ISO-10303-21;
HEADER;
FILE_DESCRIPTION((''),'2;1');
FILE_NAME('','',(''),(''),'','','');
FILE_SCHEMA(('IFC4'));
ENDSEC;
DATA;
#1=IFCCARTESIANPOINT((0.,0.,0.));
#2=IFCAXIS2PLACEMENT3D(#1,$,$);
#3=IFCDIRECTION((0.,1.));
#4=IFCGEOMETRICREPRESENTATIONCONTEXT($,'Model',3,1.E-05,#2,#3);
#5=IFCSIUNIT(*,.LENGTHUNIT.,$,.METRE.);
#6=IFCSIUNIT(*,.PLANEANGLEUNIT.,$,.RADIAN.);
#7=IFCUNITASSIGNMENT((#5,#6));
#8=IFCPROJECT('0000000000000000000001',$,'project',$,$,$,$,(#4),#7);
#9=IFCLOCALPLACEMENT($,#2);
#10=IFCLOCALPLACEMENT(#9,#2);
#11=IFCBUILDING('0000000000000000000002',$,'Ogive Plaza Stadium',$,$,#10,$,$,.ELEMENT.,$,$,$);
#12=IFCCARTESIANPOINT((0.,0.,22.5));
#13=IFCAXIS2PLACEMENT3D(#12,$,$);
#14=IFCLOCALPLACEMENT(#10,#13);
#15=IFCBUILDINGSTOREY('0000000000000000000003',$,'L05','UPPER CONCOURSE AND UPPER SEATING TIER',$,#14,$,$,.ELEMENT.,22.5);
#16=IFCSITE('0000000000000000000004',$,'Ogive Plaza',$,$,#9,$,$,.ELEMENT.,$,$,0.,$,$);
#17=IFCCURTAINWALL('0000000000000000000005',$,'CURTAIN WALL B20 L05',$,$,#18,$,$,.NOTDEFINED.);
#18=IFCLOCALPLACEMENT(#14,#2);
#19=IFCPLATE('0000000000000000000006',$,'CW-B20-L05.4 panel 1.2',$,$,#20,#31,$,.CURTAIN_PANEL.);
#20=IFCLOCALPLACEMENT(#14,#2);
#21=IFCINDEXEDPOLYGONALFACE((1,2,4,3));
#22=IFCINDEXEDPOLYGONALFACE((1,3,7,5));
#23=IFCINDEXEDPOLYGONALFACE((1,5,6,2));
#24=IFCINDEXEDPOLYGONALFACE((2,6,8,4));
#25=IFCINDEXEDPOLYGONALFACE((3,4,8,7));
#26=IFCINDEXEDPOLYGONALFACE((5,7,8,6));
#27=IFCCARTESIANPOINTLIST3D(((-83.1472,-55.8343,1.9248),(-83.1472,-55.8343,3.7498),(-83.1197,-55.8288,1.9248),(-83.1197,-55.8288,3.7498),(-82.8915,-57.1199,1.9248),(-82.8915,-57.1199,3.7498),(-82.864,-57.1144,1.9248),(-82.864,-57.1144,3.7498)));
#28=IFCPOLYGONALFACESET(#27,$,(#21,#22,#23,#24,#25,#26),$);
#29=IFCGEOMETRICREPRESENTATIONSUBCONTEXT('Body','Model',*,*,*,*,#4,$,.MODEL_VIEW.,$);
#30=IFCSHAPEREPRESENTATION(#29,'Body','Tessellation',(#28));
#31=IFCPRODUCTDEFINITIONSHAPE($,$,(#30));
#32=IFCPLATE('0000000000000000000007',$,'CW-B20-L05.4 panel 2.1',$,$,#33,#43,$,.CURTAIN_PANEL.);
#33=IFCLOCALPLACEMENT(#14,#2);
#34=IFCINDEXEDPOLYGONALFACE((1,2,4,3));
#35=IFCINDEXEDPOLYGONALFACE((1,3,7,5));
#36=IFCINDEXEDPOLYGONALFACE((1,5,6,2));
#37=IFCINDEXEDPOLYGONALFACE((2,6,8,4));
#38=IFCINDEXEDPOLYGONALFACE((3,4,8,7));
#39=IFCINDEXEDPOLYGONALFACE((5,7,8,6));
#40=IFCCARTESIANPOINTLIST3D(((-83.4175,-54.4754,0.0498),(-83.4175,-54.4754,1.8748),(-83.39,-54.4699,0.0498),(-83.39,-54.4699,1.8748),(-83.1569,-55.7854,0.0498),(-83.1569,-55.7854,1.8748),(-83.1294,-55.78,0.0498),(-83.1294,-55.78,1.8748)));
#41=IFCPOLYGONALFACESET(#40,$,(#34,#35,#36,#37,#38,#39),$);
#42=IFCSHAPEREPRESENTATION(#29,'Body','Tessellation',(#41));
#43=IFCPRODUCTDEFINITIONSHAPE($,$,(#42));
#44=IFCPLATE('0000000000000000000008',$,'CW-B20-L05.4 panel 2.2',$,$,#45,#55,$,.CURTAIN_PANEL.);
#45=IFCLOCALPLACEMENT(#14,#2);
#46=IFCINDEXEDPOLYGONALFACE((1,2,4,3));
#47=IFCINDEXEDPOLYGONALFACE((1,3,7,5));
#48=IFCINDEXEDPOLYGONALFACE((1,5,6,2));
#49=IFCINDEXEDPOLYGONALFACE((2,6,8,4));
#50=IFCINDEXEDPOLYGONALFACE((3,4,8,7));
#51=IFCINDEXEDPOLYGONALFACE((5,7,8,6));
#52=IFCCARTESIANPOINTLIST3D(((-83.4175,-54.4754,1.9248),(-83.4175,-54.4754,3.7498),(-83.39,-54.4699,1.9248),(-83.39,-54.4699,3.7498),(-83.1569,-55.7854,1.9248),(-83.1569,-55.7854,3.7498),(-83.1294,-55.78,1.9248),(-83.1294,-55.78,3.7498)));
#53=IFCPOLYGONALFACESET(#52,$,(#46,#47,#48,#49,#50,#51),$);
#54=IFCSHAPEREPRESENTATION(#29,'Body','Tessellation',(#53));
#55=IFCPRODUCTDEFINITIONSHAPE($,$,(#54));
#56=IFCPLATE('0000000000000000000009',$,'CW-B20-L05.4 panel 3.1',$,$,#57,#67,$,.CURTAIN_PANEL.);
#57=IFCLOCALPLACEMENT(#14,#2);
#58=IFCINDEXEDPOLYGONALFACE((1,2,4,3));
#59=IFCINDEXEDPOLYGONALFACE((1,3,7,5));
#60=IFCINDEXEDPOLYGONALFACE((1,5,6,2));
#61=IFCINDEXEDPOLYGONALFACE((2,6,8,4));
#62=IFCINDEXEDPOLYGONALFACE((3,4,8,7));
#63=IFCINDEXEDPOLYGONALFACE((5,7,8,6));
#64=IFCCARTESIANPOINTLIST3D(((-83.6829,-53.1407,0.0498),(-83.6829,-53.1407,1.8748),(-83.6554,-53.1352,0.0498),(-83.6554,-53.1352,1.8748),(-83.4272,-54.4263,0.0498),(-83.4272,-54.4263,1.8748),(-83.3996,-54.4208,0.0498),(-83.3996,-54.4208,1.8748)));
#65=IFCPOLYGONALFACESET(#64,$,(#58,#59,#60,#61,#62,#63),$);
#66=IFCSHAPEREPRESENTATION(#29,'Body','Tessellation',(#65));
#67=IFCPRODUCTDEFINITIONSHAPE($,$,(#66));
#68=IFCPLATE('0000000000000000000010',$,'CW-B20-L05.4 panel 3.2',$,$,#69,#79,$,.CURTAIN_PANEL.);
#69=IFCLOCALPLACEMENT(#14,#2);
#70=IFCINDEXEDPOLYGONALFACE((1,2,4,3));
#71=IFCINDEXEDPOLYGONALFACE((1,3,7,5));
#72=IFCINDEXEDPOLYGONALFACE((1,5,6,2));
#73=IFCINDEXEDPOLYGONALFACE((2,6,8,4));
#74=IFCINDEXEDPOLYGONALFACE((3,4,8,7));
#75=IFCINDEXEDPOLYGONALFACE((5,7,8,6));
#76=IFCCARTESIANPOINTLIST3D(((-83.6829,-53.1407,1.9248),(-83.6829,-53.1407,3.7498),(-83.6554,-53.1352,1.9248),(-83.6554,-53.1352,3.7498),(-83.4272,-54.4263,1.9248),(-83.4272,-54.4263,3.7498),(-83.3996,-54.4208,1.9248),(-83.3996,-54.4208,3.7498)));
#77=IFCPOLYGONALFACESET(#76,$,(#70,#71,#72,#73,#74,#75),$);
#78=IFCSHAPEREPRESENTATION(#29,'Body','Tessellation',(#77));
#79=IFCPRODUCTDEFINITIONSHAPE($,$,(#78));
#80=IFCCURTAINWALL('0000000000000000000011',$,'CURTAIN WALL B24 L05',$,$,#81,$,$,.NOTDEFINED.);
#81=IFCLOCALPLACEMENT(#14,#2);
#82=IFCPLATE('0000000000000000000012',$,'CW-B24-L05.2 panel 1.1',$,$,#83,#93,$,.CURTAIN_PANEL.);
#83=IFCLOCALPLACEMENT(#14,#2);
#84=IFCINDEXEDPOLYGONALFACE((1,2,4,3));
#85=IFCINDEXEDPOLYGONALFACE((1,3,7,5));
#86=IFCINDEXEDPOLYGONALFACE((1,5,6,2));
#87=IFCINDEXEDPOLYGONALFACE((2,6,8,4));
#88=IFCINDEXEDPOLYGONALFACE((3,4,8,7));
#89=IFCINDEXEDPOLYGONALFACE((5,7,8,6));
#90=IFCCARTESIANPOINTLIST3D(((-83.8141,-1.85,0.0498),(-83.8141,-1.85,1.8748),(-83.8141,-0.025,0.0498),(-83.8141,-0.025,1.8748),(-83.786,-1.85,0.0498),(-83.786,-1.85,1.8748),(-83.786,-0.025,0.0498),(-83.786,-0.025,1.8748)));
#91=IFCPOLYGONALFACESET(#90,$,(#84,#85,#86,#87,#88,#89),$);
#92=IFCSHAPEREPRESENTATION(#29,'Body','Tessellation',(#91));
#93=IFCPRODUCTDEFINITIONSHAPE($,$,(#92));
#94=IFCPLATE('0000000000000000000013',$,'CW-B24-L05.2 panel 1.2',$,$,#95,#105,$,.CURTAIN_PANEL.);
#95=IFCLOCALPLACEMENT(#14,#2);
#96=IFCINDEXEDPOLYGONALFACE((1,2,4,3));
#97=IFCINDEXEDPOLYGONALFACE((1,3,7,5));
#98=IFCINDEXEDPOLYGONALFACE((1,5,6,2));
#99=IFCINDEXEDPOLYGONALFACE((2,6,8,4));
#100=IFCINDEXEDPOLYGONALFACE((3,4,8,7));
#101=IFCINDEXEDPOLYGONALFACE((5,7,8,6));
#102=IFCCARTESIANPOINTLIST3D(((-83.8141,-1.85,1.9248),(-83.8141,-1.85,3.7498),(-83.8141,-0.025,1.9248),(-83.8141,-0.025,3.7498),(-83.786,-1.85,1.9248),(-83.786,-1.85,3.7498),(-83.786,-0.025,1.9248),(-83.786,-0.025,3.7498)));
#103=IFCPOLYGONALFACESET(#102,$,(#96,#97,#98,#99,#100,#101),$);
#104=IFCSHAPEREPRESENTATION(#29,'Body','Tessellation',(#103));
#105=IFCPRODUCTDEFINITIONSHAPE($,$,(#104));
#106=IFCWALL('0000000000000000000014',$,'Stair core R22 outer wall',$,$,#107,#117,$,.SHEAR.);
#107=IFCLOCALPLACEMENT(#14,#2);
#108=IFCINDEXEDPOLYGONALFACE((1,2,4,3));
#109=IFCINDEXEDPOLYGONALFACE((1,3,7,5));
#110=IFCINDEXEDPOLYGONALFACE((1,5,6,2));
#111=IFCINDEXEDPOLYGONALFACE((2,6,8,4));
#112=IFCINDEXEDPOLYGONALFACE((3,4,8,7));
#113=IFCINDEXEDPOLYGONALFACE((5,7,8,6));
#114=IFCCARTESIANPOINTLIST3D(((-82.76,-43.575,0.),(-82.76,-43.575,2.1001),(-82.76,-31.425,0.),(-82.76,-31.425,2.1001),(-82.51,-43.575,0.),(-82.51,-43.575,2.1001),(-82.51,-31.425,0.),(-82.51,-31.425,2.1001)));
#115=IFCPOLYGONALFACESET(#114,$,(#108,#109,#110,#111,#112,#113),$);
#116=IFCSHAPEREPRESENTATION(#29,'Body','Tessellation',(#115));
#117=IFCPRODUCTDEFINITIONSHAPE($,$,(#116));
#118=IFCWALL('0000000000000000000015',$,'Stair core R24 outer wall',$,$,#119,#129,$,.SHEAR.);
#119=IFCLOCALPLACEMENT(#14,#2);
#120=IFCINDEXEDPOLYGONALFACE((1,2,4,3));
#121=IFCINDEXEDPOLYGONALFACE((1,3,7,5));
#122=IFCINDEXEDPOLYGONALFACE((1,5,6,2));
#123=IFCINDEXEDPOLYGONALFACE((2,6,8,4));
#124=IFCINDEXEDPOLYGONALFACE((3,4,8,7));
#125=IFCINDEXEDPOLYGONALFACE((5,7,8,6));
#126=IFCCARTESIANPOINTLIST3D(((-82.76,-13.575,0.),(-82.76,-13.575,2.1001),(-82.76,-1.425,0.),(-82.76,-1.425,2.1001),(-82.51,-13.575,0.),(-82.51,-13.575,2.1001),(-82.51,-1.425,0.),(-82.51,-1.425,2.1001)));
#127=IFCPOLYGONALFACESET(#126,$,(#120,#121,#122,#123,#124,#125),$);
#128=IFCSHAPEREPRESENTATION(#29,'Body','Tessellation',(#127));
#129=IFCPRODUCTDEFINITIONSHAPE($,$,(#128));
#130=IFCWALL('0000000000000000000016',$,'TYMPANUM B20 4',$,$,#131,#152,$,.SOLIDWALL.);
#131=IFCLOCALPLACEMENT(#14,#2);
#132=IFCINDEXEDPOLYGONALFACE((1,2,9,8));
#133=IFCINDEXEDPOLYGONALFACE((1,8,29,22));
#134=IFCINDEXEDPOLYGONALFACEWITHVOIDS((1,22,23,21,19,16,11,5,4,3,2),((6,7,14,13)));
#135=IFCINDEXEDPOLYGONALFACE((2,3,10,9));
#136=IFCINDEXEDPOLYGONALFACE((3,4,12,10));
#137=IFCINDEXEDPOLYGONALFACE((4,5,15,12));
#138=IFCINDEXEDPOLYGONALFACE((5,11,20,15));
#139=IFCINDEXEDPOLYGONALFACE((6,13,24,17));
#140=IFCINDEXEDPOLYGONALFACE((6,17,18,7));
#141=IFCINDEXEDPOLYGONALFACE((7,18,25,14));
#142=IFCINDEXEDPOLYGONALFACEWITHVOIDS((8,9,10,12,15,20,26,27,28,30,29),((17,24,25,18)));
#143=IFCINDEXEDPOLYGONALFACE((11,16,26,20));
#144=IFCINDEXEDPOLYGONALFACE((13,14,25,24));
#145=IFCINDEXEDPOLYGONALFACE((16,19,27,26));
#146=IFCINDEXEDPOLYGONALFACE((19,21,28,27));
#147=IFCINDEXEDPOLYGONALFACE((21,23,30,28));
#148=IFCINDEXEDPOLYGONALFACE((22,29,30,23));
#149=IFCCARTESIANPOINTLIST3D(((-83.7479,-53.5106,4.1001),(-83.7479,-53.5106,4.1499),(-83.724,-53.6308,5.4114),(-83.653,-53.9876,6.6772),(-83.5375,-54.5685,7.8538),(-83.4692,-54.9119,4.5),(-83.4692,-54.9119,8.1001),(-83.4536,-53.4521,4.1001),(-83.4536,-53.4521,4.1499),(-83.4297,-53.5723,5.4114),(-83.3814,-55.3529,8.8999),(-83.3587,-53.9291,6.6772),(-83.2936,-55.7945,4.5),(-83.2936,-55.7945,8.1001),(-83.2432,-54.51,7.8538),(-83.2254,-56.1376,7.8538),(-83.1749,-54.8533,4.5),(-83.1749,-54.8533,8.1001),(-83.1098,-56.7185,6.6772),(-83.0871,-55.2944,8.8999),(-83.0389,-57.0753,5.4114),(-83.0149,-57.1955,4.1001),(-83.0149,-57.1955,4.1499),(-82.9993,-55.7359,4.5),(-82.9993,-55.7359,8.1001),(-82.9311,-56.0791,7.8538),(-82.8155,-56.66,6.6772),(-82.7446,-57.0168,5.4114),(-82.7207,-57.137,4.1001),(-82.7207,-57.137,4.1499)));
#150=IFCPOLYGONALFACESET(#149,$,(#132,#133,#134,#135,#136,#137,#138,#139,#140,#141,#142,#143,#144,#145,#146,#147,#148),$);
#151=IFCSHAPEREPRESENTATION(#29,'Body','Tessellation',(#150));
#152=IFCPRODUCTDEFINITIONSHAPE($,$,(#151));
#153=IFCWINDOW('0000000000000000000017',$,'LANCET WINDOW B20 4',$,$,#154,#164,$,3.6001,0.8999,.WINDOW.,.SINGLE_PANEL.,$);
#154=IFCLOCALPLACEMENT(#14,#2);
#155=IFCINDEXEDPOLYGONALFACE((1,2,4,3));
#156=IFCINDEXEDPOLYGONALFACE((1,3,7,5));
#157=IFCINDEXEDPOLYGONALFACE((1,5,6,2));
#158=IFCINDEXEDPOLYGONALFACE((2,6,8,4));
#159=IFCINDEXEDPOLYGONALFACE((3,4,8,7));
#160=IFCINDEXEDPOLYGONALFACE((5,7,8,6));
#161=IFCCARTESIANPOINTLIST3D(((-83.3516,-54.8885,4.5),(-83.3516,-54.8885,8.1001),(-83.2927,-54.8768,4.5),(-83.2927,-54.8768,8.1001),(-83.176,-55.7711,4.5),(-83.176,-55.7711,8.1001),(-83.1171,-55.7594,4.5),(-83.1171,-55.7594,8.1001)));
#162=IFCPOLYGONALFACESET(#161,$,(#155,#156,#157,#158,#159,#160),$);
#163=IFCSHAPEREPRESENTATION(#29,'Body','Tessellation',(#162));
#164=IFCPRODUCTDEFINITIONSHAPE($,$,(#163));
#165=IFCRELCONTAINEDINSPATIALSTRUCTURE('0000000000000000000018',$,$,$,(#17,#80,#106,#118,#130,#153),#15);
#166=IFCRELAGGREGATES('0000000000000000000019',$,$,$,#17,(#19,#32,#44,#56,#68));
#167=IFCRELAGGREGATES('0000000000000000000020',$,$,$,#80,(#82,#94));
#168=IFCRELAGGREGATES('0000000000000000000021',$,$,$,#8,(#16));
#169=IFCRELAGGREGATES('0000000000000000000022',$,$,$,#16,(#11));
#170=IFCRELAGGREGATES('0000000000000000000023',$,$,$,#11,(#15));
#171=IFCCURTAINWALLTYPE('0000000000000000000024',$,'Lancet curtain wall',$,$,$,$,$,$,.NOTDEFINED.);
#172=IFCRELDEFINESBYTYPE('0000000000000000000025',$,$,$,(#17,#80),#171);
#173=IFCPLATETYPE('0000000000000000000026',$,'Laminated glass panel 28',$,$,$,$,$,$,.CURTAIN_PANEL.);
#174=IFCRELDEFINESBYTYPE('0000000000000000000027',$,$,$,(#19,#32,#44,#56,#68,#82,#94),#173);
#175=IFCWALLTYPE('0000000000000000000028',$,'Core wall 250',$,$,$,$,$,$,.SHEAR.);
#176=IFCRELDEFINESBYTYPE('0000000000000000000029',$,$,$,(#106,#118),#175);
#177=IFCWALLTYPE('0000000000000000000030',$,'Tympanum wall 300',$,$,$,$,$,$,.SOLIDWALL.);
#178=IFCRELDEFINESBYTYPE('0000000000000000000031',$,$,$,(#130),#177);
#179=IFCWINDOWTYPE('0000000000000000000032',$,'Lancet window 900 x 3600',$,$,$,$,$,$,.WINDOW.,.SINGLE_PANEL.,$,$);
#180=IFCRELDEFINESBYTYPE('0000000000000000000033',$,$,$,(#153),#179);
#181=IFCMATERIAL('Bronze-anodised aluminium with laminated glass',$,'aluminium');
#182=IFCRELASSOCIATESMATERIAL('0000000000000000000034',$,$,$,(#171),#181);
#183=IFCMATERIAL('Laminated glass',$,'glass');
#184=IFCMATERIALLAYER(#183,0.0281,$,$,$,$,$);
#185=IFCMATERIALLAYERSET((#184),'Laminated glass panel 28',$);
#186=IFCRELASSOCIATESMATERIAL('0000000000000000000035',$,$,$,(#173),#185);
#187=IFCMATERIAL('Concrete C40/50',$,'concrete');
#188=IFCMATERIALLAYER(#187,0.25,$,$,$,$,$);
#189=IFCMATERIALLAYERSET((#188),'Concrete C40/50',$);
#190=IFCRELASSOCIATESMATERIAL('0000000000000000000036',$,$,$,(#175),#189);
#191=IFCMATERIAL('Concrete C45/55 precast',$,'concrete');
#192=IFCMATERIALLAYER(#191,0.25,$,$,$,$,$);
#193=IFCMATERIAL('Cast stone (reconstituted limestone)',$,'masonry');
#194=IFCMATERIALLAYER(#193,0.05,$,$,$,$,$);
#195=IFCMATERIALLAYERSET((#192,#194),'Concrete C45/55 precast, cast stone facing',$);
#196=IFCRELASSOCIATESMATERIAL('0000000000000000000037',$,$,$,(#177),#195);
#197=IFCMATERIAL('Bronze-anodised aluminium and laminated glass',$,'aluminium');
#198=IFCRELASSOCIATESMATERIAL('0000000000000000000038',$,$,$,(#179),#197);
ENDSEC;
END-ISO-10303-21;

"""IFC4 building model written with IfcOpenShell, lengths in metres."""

from ifc_helpers import new_model, si_unit, direction, frame, frame_2d, origin, origin_2d, place, context, subcontext, project, spatial, polyline, rectangle, outline, extrude, material, layer, layer_set, type_object, element, fill, aggregate, save


model = new_model("IFC4")

# Units and contexts
model_context = context("Model", 3, precision=1e-05, world=origin(), true_north=direction((0.0, 1.0)))
body_context = subcontext(model_context, "Body", "Model", "MODEL_VIEW")
ifc_project = project(units=[si_unit("LENGTHUNIT", "METRE"), si_unit("PLANEANGLEUNIT", "RADIAN")], contexts=[model_context])

# Site, building, storey
site_placement = place(None, origin())
site = spatial("IfcSite", under=ifc_project, at=site_placement, Name="Ogive Plaza", CompositionType="ELEMENT", RefElevation=0.0)
building_placement = place(site_placement, origin())
building = spatial("IfcBuilding", under=site, at=building_placement, Name="Ogive Plaza Stadium", CompositionType="ELEMENT")
storey_placement = place(building_placement, frame((0.0, 0.0, 22.5)))
storey = spatial("IfcBuildingStorey", under=building, at=storey_placement, Name="L05", Description="UPPER CONCOURSE AND UPPER SEATING TIER", CompositionType="ELEMENT", Elevation=22.5)

# Curtain wall, plates
ifc_material_1 = material(Name="Bronze-anodised aluminium with laminated glass", Category="aluminium")
curtain_wall_type = type_object("IfcCurtainWallType", Name="Lancet curtain wall", PredefinedType="NOTDEFINED", material=ifc_material_1)
curtain_wall_1_placement = place(storey_placement, origin())
curtain_wall_1 = element("IfcCurtainWall", 1, at=curtain_wall_1_placement, inside=storey, type_object=curtain_wall_type, Name="CURTAIN WALL B20 L05", PredefinedType="NOTDEFINED")
ifc_material_2 = material(Name="Laminated glass", Category="glass")
ifc_layer_1 = layer(ifc_material_2, 0.0281)
ifc_layer_set_1 = layer_set([ifc_layer_1], Name="Laminated glass panel 28")
plate_type = type_object("IfcPlateType", Name="Laminated glass panel 28", PredefinedType="CURTAIN_PANEL", material=ifc_layer_set_1)
plate_1_placement = place(storey_placement, frame((-83.0056, -56.4744, 1.9248), z_axis=(0.0, 0.0, 1.0), x_axis=(-0.19509, 0.980785, 0.0)))
plate_1 = element("IfcPlate", 2, at=plate_1_placement, type_object=plate_type, Name="CW-B20-L05.4 panel 1.2", PredefinedType="CURTAIN_PANEL", context=body_context, shape_type="SweptSolid", body=[
    extrude(rectangle(XDim=1.3108, YDim=0.0281, at=origin_2d()), origin(), (0.0, 0.0, 1.0), 1.825),
])
plate_2_placement = place(storey_placement, frame((-83.2734, -55.1277, 0.0498), z_axis=(0.0, 0.0, 1.0), x_axis=(-0.19509, 0.980785, 0.0)))
plate_2 = element("IfcPlate", 3, at=plate_2_placement, type_object=plate_type, Name="CW-B20-L05.4 panel 2.1", PredefinedType="CURTAIN_PANEL", context=body_context, shape_type="SweptSolid", body=[
    extrude(rectangle(XDim=1.3357, YDim=0.0281, at=origin_2d()), origin(), (0.0, 0.0, 1.0), 1.825),
])
plate_3_placement = place(storey_placement, frame((-83.2734, -55.1277, 1.9248), z_axis=(0.0, 0.0, 1.0), x_axis=(-0.19509, 0.980785, 0.0)))
plate_3 = element("IfcPlate", 4, at=plate_3_placement, type_object=plate_type, Name="CW-B20-L05.4 panel 2.2", PredefinedType="CURTAIN_PANEL", context=body_context, shape_type="SweptSolid", body=[
    extrude(rectangle(XDim=1.3357, YDim=0.0281, at=origin_2d()), origin(), (0.0, 0.0, 1.0), 1.825),
])
plate_4_placement = place(storey_placement, frame((-83.5413, -53.7808, 0.0498), z_axis=(0.0, 0.0, 1.0), x_axis=(-0.19509, 0.980785, 0.0)))
plate_4 = element("IfcPlate", 5, at=plate_4_placement, type_object=plate_type, Name="CW-B20-L05.4 panel 3.1", PredefinedType="CURTAIN_PANEL", context=body_context, shape_type="SweptSolid", body=[
    extrude(rectangle(XDim=1.3108, YDim=0.0281, at=origin_2d()), origin(), (0.0, 0.0, 1.0), 1.825),
])
plate_5_placement = place(storey_placement, frame((-83.5413, -53.7808, 1.9248), z_axis=(0.0, 0.0, 1.0), x_axis=(-0.19509, 0.980785, 0.0)))
plate_5 = element("IfcPlate", 6, at=plate_5_placement, type_object=plate_type, Name="CW-B20-L05.4 panel 3.2", PredefinedType="CURTAIN_PANEL", context=body_context, shape_type="SweptSolid", body=[
    extrude(rectangle(XDim=1.3108, YDim=0.0281, at=origin_2d()), origin(), (0.0, 0.0, 1.0), 1.825),
])
aggregate(curtain_wall_1, [plate_1, plate_2, plate_3, plate_4, plate_5])

# Curtain wall, plates
curtain_wall_2_placement = place(storey_placement, origin())
curtain_wall_2 = element("IfcCurtainWall", 7, at=curtain_wall_2_placement, inside=storey, type_object=curtain_wall_type, Name="CURTAIN WALL B24 L05", PredefinedType="NOTDEFINED")
plate_6_placement = place(storey_placement, frame((-83.8, -0.9375, 0.0498), z_axis=(0.0, 0.0, 1.0), x_axis=(0.0, 1.0, 0.0)))
plate_6 = element("IfcPlate", 8, at=plate_6_placement, type_object=plate_type, Name="CW-B24-L05.2 panel 1.1", PredefinedType="CURTAIN_PANEL", context=body_context, shape_type="SweptSolid", body=[
    extrude(rectangle(XDim=1.825, YDim=0.0281, at=origin_2d()), origin(), (0.0, 0.0, 1.0), 1.825),
])
plate_7_placement = place(storey_placement, frame((-83.8, -0.9375, 1.9248), z_axis=(0.0, 0.0, 1.0), x_axis=(0.0, 1.0, 0.0)))
plate_7 = element("IfcPlate", 9, at=plate_7_placement, type_object=plate_type, Name="CW-B24-L05.2 panel 1.2", PredefinedType="CURTAIN_PANEL", context=body_context, shape_type="SweptSolid", body=[
    extrude(rectangle(XDim=1.825, YDim=0.0281, at=origin_2d()), origin(), (0.0, 0.0, 1.0), 1.825),
])
aggregate(curtain_wall_2, [plate_6, plate_7])

# Walls
ifc_material_3 = material(Name="Concrete C40/50", Category="concrete")
ifc_layer_2 = layer(ifc_material_3, 0.25)
ifc_layer_set_2 = layer_set([ifc_layer_2], Name="Concrete C40/50")
wall_type_1 = type_object("IfcWallType", Name="Core wall 250", PredefinedType="SHEAR", material=ifc_layer_set_2)
for number, where, z_axis, x_axis, name in (
    (10, (-82.635, -31.425, 0.0), (0.0, 0.0, 1.0), (0.0, -1.0, 0.0), "Stair core R22 outer wall"),
    (11, (-82.635, -1.425, 0.0), (0.0, 0.0, 1.0), (0.0, -1.0, 0.0), "Stair core R24 outer wall"),
):
    element("IfcWall", number, at=place(storey_placement, frame(where, z_axis=z_axis, x_axis=x_axis)), inside=storey, type_object=wall_type_1, Name=name, PredefinedType="SHEAR", context=body_context, shape_type="SweptSolid", body=[
        extrude(rectangle(XDim=12.1499, YDim=0.25, at=frame_2d((6.075, 0.0))), origin(), (0.0, 0.0, 1.0), 2.1001),
    ])

# Wall, opening, window
ifc_material_4 = material(Name="Concrete C45/55 precast", Category="concrete")
ifc_layer_3 = layer(ifc_material_4, 0.25)
ifc_material_5 = material(Name="Cast stone (reconstituted limestone)", Category="masonry")
ifc_layer_4 = layer(ifc_material_5, 0.05)
ifc_layer_set_3 = layer_set([ifc_layer_3, ifc_layer_4], Name="Concrete C45/55 precast, cast stone facing")
wall_type_2 = type_object("IfcWallType", Name="Tympanum wall 300", PredefinedType="SOLIDWALL", material=ifc_layer_set_3)
wall_placement = place(storey_placement, frame((-82.8679, -57.1663, 4.1001), z_axis=(0.0, 0.0, 1.0), x_axis=(-0.195079, 0.980788, 0.0)))
wall = element("IfcWall", 12, at=wall_placement, inside=storey, type_object=wall_type_2, Name="TYMPANUM B20 4", PredefinedType="SOLIDWALL", context=body_context, shape_type="SweptSolid", body=[
    extrude(outline(polyline([(0.0, 0.0), (3.7571, 0.0), (3.7571, 0.0498), (3.6345, 1.3113), (3.2708, 2.5771), (2.6785, 3.7537), (1.8787, 4.7998), (1.0786, 3.7537), (0.4863, 2.5771), (0.1226, 1.3113), (0.0, 0.0498), (0.0, 0.0)])), frame((0.0, 0.1499, 0.0), z_axis=(0.0, -1.0, 0.0), x_axis=(1.0, 0.0, 0.0)), (0.0, 0.0, 1.0), 0.3),
])
opening_placement = place(wall_placement, frame((1.4285, 0.0, 0.3999)))
opening = element("IfcOpeningElement", 13, at=opening_placement, cuts=wall, PredefinedType="OPENING", context=body_context, shape_type="SweptSolid", body=[
    extrude(rectangle(XDim=0.8999, YDim=3.6001, at=frame_2d((0.45, 1.8))), frame((0.0, 0.1602, 0.0), z_axis=(0.0, -1.0, 0.0), x_axis=(1.0, 0.0, 0.0)), (0.0, 0.0, 1.0), 0.3201),
])
ifc_material_6 = material(Name="Bronze-anodised aluminium and laminated glass", Category="aluminium")
window_type = type_object("IfcWindowType", Name="Lancet window 900 x 3600", PartitioningType="SINGLE_PANEL", PredefinedType="WINDOW", material=ifc_material_6)
window_placement = place(opening_placement, origin())
window = element("IfcWindow", 14, at=window_placement, inside=storey, type_object=window_type, Name="LANCET WINDOW B20 4", OverallHeight=3.6001, OverallWidth=0.8999, PartitioningType="SINGLE_PANEL", PredefinedType="WINDOW", context=body_context, shape_type="SweptSolid", body=[
    extrude(rectangle(XDim=0.8999, YDim=3.6001, at=frame_2d((0.45, 1.8))), frame((0.0, 0.03, 0.0), z_axis=(0.0, -1.0, 0.0), x_axis=(1.0, 0.0, 0.0)), (0.0, 0.0, 1.0), 0.0601),
])
fill(opening, window)

save(model, "model.ifc")
